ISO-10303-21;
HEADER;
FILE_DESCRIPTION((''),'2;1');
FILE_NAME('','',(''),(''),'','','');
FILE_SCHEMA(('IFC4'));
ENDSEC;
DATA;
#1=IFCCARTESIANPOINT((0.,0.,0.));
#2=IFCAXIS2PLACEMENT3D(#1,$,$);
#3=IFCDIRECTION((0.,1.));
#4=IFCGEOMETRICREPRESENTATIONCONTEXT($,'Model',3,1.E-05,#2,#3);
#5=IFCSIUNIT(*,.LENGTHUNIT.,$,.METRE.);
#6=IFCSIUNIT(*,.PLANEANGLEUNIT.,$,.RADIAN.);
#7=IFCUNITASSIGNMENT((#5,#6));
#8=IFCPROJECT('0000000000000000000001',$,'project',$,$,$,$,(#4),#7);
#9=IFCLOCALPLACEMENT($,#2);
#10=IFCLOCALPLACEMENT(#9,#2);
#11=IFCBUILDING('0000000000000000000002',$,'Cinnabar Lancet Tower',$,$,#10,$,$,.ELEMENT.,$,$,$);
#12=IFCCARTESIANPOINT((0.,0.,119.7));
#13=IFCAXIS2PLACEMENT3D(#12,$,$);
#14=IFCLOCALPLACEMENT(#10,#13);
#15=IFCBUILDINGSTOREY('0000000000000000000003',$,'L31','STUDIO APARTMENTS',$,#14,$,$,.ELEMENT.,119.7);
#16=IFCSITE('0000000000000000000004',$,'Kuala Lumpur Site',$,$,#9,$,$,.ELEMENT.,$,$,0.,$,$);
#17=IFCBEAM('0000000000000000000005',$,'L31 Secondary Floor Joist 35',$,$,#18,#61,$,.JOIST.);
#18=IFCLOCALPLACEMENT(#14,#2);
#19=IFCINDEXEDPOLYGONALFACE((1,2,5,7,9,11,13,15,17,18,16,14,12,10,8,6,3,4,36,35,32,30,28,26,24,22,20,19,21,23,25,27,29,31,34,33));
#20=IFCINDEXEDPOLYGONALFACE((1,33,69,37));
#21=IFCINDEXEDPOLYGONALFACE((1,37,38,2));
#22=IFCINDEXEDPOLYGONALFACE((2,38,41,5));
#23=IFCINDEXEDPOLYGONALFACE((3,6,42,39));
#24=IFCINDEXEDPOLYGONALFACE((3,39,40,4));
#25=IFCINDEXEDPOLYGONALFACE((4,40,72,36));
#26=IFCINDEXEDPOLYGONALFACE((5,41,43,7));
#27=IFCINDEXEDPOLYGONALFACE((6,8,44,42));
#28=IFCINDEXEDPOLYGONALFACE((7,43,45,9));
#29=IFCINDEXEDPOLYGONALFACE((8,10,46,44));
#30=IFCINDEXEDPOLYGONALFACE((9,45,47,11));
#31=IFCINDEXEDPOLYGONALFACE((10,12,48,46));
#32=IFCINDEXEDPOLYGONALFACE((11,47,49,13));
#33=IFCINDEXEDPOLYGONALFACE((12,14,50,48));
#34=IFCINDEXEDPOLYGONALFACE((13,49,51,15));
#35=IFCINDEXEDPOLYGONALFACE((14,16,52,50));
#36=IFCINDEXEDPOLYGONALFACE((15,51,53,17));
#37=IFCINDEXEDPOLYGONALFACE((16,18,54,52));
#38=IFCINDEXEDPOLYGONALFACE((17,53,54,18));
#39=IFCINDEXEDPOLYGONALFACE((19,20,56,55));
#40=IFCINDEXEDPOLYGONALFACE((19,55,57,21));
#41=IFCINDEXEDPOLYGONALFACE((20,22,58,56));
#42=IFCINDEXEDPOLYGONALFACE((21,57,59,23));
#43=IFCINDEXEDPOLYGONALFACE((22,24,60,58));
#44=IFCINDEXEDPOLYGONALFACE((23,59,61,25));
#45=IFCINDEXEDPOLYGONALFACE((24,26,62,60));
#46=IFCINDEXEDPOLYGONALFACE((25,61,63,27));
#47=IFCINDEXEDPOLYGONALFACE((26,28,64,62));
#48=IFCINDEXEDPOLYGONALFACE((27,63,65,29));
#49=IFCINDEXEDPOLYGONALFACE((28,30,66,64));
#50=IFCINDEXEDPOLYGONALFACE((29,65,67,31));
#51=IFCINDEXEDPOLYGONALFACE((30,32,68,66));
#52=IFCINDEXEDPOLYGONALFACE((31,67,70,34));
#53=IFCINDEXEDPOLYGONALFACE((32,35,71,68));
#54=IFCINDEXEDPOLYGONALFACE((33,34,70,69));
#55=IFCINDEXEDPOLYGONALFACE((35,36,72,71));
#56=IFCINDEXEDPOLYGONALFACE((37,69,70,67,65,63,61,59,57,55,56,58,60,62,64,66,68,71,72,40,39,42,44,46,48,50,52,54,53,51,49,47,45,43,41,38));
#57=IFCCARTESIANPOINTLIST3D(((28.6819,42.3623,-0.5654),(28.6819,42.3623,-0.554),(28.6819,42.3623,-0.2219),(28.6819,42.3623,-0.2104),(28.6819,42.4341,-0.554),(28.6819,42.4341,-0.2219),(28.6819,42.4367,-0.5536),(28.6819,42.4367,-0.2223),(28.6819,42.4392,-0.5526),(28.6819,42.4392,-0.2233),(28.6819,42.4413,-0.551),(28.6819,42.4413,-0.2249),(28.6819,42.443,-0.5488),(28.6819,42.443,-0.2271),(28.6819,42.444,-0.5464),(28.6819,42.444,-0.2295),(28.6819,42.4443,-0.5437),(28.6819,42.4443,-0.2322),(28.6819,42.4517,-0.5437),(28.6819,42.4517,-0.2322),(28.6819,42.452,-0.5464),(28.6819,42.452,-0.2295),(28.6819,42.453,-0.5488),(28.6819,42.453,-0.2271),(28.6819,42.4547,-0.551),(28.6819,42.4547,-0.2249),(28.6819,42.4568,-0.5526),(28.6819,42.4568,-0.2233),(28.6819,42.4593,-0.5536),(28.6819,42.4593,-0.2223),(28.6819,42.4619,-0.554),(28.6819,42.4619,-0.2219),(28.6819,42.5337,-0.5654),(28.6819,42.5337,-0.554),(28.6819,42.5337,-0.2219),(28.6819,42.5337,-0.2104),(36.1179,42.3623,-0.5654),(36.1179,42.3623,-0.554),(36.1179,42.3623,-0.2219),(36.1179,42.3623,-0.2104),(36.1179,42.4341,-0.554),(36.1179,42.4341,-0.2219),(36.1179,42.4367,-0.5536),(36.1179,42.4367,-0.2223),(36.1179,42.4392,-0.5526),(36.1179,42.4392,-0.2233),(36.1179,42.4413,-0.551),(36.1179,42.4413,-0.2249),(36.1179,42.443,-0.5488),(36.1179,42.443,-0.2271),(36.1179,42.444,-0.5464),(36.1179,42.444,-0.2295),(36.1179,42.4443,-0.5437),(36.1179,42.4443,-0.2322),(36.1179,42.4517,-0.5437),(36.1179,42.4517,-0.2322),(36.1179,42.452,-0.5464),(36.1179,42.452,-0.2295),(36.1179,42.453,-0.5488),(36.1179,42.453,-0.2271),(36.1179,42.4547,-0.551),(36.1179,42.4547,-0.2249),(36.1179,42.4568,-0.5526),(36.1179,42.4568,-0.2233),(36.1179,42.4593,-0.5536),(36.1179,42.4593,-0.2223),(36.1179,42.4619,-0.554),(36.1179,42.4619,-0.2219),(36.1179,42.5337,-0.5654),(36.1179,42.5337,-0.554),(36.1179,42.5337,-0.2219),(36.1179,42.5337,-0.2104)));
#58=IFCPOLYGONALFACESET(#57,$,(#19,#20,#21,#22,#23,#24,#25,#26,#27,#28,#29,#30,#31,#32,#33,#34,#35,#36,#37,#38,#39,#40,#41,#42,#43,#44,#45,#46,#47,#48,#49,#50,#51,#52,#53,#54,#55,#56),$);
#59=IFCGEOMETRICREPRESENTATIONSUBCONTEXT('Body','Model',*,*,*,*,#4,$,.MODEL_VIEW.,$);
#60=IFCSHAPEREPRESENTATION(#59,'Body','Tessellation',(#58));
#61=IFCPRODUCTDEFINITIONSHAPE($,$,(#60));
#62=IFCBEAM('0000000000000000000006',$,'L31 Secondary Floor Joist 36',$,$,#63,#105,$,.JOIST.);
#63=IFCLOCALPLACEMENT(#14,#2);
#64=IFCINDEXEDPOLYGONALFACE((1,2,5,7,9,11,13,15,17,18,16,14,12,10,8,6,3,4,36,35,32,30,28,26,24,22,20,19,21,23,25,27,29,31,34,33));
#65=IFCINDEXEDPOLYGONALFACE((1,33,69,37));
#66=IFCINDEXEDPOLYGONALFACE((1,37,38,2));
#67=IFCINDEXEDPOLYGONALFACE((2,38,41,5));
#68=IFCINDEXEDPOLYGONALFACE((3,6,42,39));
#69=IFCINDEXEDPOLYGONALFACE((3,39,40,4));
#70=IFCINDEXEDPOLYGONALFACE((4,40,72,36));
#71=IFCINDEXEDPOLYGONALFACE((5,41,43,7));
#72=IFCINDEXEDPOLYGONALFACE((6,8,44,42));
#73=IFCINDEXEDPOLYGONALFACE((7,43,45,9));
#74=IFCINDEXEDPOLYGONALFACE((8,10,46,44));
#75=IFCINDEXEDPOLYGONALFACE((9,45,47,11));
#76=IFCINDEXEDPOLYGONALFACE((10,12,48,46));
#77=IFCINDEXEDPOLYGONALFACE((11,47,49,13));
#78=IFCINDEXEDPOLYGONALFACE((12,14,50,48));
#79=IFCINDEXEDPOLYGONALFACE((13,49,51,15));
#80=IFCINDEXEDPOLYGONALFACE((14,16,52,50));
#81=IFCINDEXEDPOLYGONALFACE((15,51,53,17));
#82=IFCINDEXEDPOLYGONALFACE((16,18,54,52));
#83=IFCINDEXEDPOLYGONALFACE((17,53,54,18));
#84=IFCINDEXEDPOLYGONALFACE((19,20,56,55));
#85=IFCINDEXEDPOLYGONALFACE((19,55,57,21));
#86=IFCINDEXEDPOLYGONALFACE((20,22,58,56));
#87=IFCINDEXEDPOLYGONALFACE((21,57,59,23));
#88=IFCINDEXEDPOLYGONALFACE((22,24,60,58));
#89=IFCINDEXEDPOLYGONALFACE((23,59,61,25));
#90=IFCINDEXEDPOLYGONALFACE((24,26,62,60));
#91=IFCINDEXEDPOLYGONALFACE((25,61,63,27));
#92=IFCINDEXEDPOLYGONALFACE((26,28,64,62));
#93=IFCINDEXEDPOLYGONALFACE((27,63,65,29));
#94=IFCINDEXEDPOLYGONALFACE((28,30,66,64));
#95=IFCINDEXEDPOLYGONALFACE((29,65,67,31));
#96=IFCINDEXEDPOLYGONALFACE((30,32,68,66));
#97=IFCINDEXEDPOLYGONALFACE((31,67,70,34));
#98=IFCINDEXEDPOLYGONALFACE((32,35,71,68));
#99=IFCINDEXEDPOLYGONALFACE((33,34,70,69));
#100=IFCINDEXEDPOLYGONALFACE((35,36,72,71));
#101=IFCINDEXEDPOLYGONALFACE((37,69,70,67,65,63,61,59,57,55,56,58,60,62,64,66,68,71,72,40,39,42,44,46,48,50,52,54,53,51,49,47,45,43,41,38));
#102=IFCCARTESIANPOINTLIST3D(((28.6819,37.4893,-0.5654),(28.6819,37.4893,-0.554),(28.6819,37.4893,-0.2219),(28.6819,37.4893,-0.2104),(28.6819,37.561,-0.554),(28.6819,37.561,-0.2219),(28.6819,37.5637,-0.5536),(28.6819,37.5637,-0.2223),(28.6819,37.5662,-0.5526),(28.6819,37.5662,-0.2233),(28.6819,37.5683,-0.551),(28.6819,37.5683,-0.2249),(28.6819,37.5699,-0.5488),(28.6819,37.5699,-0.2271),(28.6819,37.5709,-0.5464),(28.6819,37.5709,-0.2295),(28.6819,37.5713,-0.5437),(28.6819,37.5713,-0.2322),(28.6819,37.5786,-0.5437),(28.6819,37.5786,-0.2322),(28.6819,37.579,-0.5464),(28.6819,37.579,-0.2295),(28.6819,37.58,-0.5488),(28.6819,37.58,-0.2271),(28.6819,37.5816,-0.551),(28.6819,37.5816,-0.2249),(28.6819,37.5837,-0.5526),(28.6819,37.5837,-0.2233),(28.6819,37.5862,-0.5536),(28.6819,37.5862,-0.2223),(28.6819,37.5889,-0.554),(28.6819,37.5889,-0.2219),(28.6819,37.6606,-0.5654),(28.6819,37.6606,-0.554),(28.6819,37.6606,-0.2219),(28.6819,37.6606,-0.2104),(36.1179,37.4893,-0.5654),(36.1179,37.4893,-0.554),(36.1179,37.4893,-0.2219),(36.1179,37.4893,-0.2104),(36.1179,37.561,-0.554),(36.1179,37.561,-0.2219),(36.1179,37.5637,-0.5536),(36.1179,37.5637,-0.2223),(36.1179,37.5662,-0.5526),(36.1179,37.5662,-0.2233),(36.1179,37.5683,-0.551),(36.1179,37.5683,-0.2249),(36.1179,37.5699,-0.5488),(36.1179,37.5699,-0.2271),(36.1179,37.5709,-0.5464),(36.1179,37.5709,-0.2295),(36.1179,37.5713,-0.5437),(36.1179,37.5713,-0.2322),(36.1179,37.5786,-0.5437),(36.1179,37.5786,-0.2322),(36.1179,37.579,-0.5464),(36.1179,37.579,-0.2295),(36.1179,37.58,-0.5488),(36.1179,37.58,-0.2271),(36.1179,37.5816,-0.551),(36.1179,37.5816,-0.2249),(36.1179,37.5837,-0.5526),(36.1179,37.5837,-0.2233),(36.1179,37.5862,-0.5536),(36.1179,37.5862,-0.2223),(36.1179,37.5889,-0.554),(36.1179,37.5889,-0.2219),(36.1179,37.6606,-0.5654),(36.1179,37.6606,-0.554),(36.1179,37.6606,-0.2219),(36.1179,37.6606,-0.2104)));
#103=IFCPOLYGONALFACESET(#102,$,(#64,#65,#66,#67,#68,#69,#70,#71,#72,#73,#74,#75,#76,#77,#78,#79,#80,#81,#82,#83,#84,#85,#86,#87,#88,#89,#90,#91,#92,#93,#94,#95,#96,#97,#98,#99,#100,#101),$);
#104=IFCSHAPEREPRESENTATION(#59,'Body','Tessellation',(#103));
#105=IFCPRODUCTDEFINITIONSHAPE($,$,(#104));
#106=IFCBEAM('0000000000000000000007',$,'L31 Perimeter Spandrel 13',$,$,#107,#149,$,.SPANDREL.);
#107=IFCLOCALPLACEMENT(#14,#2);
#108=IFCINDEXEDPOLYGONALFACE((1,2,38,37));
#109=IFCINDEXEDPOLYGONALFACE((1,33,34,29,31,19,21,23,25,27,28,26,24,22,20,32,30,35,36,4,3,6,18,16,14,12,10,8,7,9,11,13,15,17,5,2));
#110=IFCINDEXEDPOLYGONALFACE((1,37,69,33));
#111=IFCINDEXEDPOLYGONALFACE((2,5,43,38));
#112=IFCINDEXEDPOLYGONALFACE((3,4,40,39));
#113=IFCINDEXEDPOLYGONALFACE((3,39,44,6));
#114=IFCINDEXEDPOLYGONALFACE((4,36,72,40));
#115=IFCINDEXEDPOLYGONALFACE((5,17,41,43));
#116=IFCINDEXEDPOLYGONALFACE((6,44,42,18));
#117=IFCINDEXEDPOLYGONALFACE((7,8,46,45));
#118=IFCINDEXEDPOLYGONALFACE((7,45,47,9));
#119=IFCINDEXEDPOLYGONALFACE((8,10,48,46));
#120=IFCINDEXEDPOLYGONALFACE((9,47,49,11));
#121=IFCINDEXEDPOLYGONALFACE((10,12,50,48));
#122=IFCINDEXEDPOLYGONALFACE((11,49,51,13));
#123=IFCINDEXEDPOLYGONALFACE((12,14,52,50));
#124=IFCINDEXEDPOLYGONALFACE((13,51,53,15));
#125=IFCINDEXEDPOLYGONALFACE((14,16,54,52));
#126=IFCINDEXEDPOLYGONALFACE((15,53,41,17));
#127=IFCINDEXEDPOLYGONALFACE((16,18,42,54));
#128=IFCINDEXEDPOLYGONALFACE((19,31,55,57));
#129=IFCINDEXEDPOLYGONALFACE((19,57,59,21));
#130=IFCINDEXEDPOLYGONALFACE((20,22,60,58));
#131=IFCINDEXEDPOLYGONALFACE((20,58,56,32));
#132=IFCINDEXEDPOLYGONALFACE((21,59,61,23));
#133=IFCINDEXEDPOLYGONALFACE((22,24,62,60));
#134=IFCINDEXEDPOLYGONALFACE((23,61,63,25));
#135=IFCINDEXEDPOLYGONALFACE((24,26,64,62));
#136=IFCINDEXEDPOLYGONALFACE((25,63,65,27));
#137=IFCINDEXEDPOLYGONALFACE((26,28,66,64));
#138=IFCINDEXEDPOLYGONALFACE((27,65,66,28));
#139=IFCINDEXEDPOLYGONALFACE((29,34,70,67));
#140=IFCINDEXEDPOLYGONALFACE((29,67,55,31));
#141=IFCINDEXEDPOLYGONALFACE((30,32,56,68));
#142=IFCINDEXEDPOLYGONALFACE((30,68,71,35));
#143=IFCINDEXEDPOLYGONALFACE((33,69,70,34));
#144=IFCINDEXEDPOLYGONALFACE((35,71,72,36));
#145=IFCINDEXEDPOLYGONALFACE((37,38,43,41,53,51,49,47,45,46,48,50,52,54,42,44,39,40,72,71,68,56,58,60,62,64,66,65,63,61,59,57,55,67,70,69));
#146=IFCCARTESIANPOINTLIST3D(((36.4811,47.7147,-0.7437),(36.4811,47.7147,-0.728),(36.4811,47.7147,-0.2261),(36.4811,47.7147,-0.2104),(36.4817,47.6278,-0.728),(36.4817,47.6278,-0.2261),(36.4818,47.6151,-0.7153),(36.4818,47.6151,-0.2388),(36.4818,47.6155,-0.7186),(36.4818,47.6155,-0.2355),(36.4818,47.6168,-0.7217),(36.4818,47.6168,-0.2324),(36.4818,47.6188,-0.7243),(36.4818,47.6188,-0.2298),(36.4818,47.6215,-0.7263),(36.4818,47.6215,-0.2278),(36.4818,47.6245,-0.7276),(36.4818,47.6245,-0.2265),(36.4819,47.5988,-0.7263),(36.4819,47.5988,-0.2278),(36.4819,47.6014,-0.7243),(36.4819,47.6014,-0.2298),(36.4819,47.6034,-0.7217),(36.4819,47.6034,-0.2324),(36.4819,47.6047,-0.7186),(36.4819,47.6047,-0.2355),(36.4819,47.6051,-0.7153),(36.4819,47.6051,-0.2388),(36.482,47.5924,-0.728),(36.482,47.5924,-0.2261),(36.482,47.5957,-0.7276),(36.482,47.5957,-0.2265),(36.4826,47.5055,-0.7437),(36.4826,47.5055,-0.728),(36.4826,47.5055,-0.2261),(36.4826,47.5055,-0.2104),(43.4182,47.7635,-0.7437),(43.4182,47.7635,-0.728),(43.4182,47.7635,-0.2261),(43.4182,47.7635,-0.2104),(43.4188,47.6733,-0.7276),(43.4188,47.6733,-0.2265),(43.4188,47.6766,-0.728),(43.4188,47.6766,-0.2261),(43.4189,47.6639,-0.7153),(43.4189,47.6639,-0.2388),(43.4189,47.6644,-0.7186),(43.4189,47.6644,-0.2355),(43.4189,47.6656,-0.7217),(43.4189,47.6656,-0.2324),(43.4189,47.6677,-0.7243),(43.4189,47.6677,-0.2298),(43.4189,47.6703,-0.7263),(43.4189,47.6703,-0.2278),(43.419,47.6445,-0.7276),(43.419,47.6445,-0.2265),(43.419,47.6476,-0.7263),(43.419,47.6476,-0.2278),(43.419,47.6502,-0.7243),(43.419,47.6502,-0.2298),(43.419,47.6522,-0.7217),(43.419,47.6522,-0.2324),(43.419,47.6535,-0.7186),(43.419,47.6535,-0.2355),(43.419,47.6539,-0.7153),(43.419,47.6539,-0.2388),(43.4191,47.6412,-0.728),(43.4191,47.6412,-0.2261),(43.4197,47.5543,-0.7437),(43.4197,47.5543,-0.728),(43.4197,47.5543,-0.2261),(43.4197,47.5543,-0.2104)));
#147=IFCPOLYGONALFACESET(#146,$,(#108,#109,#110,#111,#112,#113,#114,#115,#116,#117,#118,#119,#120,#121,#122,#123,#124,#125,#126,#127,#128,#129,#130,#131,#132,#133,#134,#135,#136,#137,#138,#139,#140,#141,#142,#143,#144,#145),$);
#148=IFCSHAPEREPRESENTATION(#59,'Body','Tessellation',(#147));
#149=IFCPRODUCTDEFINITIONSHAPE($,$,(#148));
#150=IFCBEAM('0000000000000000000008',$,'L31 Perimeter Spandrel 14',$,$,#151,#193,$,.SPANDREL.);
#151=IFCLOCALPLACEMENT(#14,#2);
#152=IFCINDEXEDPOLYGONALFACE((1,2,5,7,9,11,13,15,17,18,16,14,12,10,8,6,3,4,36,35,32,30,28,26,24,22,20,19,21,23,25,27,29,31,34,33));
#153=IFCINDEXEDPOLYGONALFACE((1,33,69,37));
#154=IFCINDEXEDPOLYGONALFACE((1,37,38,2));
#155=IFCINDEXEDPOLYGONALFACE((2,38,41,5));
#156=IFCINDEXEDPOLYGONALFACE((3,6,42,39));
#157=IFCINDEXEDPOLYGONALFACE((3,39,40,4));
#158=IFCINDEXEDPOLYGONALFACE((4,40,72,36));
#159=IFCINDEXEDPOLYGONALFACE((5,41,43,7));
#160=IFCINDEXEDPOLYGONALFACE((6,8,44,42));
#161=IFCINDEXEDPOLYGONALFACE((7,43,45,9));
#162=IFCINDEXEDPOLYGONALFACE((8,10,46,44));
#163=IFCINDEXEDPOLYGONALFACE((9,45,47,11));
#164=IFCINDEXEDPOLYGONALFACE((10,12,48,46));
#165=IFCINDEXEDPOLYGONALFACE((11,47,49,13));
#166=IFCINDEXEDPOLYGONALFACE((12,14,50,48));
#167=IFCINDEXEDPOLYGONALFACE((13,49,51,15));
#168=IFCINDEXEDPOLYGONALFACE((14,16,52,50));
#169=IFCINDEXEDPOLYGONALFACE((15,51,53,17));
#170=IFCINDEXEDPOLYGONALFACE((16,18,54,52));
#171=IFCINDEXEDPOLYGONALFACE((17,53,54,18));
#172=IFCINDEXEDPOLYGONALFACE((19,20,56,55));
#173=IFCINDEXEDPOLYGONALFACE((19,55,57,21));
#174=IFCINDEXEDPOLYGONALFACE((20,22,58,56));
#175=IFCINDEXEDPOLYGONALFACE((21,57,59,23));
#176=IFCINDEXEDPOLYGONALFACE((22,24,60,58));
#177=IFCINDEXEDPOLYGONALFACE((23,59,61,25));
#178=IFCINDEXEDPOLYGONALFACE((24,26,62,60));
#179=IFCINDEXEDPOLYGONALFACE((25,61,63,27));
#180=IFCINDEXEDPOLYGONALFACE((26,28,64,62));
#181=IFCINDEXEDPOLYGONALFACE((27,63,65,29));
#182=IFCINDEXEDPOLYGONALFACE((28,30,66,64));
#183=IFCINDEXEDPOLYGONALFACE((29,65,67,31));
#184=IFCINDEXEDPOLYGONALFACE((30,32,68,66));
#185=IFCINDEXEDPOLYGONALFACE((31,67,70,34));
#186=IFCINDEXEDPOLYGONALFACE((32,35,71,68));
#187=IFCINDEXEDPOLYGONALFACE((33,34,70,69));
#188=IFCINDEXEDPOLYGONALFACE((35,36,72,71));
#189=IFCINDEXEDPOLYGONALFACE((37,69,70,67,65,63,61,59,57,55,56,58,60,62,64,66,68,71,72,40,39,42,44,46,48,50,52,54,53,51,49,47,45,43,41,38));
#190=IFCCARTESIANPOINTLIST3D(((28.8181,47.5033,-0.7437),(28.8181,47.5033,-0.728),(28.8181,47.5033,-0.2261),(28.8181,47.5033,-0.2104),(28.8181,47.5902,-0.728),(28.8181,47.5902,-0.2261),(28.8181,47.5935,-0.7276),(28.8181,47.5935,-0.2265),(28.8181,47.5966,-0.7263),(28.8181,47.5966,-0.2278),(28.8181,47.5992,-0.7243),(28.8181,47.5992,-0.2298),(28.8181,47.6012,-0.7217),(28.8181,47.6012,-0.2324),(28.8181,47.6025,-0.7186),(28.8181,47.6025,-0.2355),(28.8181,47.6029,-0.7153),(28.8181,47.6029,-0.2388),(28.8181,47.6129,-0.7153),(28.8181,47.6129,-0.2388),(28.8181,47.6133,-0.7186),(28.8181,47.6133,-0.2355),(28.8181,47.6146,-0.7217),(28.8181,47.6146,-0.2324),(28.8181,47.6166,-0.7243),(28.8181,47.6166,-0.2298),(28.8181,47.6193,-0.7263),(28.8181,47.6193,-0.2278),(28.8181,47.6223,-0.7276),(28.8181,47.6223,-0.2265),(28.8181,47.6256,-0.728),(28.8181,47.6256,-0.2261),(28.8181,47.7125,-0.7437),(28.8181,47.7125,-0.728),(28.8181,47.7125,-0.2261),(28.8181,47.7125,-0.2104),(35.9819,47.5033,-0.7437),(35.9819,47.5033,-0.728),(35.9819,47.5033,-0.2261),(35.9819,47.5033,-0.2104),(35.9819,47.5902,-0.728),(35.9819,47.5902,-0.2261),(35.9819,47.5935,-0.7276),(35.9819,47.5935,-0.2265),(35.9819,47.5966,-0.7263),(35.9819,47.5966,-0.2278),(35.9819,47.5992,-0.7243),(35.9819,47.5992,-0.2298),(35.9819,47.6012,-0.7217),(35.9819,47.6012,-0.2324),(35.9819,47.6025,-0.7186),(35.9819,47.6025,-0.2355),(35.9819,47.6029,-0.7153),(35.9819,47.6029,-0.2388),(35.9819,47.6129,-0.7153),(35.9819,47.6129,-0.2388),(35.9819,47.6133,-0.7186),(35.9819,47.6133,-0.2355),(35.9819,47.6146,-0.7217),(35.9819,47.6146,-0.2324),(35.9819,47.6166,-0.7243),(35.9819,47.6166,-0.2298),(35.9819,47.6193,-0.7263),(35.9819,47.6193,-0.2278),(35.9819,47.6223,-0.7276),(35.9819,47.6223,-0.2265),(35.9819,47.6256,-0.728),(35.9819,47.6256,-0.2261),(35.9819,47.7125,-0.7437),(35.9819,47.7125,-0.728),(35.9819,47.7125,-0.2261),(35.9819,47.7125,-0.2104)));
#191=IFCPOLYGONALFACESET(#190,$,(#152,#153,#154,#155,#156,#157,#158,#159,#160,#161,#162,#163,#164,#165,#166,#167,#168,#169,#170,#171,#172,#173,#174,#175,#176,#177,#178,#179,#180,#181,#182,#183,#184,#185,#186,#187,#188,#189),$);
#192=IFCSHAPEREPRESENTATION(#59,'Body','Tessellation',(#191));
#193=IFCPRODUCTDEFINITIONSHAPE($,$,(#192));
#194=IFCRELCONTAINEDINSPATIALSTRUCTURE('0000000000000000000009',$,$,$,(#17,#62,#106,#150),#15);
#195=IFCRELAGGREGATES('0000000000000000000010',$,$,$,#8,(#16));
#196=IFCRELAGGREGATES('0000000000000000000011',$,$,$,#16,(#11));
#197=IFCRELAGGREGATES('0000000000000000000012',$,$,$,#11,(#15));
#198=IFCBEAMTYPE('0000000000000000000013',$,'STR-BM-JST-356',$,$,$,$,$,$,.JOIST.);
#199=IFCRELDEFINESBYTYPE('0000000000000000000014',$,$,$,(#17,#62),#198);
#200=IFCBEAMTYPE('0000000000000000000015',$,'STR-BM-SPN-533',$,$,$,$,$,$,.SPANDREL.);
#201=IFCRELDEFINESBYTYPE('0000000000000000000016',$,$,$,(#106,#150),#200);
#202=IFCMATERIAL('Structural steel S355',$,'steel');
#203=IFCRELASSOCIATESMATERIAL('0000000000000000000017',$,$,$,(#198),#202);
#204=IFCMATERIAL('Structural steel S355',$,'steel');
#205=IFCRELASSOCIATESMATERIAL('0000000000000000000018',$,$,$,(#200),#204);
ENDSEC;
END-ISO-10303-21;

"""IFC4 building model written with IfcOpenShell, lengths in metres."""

from ifc_helpers import new_model, si_unit, direction, frame, origin, origin_2d, place, context, subcontext, project, spatial, i_section, extrude, material, material_profile, profile_set, type_object, element, save


model = new_model("IFC4")

# Units and contexts
model_context = context("Model", 3, precision=1e-05, world=origin(), true_north=direction((0.0, 1.0)))
body_context = subcontext(model_context, "Body", "Model", "MODEL_VIEW")
ifc_project = project(units=[si_unit("LENGTHUNIT", "METRE"), si_unit("PLANEANGLEUNIT", "RADIAN")], contexts=[model_context])

# Site, building, storey
site_placement = place(None, origin())
site = spatial("IfcSite", under=ifc_project, at=site_placement, Name="Kuala Lumpur Site", CompositionType="ELEMENT", RefElevation=0.0)
building_placement = place(site_placement, origin())
building = spatial("IfcBuilding", under=site, at=building_placement, Name="Cinnabar Lancet Tower", CompositionType="ELEMENT")
storey_placement = place(building_placement, frame((0.0, 0.0, 119.7)))
storey = spatial("IfcBuildingStorey", under=building, at=storey_placement, Name="L31", Description="STUDIO APARTMENTS", CompositionType="ELEMENT", Elevation=119.7)

# Beams
ifc_material_1 = material(Name="Structural steel S355", Category="steel")
ifc_material_profile_1 = material_profile(ifc_material_1, i_section(OverallWidth=0.1714, OverallDepth=0.355, WebThickness=0.0073, FlangeThickness=0.0115, FilletRadius=0.0103, at=origin_2d()), Name="UKB 356x171x51")
ifc_profile_set_1 = profile_set([ifc_material_profile_1], Name="Structural steel S355")
beam_type_1 = type_object("IfcBeamType", Name="STR-BM-JST-356", PredefinedType="JOIST", material=ifc_profile_set_1)
for number, where, z_axis, x_axis, name in (
    (1, (36.1179, 42.448, -0.3879), (-1.0, 0.0, 0.0), (0.0, -1.0, 0.0), "L31 Secondary Floor Joist 35"),
    (2, (36.1179, 37.575, -0.3879), (-1.0, 0.0, 0.0), (0.0, -1.0, 0.0), "L31 Secondary Floor Joist 36"),
):
    element("IfcBeam", number, at=place(storey_placement, frame(where, z_axis=z_axis, x_axis=x_axis)), inside=storey, type_object=beam_type_1, Name=name, PredefinedType="JOIST", context=body_context, shape_type="SweptSolid", body=[
        extrude(i_section(OverallWidth=0.1714, OverallDepth=0.355, WebThickness=0.0073, FlangeThickness=0.0115, FilletRadius=0.0103, at=origin_2d()), origin(), (0.0, 0.0, 1.0), 7.436),
    ])
ifc_material_2 = material(Name="Structural steel S355", Category="steel")
ifc_material_profile_2 = material_profile(ifc_material_2, i_section(OverallWidth=0.2092, OverallDepth=0.5332, WebThickness=0.01, FlangeThickness=0.0156, FilletRadius=0.0127, at=origin_2d()), Name="UKB 533x210x92")
ifc_profile_set_2 = profile_set([ifc_material_profile_2], Name="Structural steel S355")
beam_type_2 = type_object("IfcBeamType", Name="STR-BM-SPN-533", PredefinedType="SPANDREL", material=ifc_profile_set_2)
beam_1_placement = place(storey_placement, frame((43.4189, 47.6589, -0.4771), z_axis=(-0.999975, -0.007039, 0.0), x_axis=(0.007039, -0.999975, 0.0)))
element("IfcBeam", 3, at=beam_1_placement, inside=storey, type_object=beam_type_2, Name="L31 Perimeter Spandrel 13", PredefinedType="SPANDREL", context=body_context, shape_type="SweptSolid", body=[
    extrude(i_section(OverallWidth=0.2092, OverallDepth=0.5332, WebThickness=0.01, FlangeThickness=0.0156, FilletRadius=0.0127, at=origin_2d()), origin(), (0.0, 0.0, 1.0), 6.9373),
])
beam_2_placement = place(storey_placement, frame((35.9819, 47.6079, -0.4771), z_axis=(-1.0, 0.0, 0.0), x_axis=(0.0, -1.0, 0.0)))
element("IfcBeam", 4, at=beam_2_placement, inside=storey, type_object=beam_type_2, Name="L31 Perimeter Spandrel 14", PredefinedType="SPANDREL", context=body_context, shape_type="SweptSolid", body=[
    extrude(i_section(OverallWidth=0.2092, OverallDepth=0.5332, WebThickness=0.01, FlangeThickness=0.0156, FilletRadius=0.0127, at=origin_2d()), origin(), (0.0, 0.0, 1.0), 7.1638),
])

save(model, "model.ifc")
